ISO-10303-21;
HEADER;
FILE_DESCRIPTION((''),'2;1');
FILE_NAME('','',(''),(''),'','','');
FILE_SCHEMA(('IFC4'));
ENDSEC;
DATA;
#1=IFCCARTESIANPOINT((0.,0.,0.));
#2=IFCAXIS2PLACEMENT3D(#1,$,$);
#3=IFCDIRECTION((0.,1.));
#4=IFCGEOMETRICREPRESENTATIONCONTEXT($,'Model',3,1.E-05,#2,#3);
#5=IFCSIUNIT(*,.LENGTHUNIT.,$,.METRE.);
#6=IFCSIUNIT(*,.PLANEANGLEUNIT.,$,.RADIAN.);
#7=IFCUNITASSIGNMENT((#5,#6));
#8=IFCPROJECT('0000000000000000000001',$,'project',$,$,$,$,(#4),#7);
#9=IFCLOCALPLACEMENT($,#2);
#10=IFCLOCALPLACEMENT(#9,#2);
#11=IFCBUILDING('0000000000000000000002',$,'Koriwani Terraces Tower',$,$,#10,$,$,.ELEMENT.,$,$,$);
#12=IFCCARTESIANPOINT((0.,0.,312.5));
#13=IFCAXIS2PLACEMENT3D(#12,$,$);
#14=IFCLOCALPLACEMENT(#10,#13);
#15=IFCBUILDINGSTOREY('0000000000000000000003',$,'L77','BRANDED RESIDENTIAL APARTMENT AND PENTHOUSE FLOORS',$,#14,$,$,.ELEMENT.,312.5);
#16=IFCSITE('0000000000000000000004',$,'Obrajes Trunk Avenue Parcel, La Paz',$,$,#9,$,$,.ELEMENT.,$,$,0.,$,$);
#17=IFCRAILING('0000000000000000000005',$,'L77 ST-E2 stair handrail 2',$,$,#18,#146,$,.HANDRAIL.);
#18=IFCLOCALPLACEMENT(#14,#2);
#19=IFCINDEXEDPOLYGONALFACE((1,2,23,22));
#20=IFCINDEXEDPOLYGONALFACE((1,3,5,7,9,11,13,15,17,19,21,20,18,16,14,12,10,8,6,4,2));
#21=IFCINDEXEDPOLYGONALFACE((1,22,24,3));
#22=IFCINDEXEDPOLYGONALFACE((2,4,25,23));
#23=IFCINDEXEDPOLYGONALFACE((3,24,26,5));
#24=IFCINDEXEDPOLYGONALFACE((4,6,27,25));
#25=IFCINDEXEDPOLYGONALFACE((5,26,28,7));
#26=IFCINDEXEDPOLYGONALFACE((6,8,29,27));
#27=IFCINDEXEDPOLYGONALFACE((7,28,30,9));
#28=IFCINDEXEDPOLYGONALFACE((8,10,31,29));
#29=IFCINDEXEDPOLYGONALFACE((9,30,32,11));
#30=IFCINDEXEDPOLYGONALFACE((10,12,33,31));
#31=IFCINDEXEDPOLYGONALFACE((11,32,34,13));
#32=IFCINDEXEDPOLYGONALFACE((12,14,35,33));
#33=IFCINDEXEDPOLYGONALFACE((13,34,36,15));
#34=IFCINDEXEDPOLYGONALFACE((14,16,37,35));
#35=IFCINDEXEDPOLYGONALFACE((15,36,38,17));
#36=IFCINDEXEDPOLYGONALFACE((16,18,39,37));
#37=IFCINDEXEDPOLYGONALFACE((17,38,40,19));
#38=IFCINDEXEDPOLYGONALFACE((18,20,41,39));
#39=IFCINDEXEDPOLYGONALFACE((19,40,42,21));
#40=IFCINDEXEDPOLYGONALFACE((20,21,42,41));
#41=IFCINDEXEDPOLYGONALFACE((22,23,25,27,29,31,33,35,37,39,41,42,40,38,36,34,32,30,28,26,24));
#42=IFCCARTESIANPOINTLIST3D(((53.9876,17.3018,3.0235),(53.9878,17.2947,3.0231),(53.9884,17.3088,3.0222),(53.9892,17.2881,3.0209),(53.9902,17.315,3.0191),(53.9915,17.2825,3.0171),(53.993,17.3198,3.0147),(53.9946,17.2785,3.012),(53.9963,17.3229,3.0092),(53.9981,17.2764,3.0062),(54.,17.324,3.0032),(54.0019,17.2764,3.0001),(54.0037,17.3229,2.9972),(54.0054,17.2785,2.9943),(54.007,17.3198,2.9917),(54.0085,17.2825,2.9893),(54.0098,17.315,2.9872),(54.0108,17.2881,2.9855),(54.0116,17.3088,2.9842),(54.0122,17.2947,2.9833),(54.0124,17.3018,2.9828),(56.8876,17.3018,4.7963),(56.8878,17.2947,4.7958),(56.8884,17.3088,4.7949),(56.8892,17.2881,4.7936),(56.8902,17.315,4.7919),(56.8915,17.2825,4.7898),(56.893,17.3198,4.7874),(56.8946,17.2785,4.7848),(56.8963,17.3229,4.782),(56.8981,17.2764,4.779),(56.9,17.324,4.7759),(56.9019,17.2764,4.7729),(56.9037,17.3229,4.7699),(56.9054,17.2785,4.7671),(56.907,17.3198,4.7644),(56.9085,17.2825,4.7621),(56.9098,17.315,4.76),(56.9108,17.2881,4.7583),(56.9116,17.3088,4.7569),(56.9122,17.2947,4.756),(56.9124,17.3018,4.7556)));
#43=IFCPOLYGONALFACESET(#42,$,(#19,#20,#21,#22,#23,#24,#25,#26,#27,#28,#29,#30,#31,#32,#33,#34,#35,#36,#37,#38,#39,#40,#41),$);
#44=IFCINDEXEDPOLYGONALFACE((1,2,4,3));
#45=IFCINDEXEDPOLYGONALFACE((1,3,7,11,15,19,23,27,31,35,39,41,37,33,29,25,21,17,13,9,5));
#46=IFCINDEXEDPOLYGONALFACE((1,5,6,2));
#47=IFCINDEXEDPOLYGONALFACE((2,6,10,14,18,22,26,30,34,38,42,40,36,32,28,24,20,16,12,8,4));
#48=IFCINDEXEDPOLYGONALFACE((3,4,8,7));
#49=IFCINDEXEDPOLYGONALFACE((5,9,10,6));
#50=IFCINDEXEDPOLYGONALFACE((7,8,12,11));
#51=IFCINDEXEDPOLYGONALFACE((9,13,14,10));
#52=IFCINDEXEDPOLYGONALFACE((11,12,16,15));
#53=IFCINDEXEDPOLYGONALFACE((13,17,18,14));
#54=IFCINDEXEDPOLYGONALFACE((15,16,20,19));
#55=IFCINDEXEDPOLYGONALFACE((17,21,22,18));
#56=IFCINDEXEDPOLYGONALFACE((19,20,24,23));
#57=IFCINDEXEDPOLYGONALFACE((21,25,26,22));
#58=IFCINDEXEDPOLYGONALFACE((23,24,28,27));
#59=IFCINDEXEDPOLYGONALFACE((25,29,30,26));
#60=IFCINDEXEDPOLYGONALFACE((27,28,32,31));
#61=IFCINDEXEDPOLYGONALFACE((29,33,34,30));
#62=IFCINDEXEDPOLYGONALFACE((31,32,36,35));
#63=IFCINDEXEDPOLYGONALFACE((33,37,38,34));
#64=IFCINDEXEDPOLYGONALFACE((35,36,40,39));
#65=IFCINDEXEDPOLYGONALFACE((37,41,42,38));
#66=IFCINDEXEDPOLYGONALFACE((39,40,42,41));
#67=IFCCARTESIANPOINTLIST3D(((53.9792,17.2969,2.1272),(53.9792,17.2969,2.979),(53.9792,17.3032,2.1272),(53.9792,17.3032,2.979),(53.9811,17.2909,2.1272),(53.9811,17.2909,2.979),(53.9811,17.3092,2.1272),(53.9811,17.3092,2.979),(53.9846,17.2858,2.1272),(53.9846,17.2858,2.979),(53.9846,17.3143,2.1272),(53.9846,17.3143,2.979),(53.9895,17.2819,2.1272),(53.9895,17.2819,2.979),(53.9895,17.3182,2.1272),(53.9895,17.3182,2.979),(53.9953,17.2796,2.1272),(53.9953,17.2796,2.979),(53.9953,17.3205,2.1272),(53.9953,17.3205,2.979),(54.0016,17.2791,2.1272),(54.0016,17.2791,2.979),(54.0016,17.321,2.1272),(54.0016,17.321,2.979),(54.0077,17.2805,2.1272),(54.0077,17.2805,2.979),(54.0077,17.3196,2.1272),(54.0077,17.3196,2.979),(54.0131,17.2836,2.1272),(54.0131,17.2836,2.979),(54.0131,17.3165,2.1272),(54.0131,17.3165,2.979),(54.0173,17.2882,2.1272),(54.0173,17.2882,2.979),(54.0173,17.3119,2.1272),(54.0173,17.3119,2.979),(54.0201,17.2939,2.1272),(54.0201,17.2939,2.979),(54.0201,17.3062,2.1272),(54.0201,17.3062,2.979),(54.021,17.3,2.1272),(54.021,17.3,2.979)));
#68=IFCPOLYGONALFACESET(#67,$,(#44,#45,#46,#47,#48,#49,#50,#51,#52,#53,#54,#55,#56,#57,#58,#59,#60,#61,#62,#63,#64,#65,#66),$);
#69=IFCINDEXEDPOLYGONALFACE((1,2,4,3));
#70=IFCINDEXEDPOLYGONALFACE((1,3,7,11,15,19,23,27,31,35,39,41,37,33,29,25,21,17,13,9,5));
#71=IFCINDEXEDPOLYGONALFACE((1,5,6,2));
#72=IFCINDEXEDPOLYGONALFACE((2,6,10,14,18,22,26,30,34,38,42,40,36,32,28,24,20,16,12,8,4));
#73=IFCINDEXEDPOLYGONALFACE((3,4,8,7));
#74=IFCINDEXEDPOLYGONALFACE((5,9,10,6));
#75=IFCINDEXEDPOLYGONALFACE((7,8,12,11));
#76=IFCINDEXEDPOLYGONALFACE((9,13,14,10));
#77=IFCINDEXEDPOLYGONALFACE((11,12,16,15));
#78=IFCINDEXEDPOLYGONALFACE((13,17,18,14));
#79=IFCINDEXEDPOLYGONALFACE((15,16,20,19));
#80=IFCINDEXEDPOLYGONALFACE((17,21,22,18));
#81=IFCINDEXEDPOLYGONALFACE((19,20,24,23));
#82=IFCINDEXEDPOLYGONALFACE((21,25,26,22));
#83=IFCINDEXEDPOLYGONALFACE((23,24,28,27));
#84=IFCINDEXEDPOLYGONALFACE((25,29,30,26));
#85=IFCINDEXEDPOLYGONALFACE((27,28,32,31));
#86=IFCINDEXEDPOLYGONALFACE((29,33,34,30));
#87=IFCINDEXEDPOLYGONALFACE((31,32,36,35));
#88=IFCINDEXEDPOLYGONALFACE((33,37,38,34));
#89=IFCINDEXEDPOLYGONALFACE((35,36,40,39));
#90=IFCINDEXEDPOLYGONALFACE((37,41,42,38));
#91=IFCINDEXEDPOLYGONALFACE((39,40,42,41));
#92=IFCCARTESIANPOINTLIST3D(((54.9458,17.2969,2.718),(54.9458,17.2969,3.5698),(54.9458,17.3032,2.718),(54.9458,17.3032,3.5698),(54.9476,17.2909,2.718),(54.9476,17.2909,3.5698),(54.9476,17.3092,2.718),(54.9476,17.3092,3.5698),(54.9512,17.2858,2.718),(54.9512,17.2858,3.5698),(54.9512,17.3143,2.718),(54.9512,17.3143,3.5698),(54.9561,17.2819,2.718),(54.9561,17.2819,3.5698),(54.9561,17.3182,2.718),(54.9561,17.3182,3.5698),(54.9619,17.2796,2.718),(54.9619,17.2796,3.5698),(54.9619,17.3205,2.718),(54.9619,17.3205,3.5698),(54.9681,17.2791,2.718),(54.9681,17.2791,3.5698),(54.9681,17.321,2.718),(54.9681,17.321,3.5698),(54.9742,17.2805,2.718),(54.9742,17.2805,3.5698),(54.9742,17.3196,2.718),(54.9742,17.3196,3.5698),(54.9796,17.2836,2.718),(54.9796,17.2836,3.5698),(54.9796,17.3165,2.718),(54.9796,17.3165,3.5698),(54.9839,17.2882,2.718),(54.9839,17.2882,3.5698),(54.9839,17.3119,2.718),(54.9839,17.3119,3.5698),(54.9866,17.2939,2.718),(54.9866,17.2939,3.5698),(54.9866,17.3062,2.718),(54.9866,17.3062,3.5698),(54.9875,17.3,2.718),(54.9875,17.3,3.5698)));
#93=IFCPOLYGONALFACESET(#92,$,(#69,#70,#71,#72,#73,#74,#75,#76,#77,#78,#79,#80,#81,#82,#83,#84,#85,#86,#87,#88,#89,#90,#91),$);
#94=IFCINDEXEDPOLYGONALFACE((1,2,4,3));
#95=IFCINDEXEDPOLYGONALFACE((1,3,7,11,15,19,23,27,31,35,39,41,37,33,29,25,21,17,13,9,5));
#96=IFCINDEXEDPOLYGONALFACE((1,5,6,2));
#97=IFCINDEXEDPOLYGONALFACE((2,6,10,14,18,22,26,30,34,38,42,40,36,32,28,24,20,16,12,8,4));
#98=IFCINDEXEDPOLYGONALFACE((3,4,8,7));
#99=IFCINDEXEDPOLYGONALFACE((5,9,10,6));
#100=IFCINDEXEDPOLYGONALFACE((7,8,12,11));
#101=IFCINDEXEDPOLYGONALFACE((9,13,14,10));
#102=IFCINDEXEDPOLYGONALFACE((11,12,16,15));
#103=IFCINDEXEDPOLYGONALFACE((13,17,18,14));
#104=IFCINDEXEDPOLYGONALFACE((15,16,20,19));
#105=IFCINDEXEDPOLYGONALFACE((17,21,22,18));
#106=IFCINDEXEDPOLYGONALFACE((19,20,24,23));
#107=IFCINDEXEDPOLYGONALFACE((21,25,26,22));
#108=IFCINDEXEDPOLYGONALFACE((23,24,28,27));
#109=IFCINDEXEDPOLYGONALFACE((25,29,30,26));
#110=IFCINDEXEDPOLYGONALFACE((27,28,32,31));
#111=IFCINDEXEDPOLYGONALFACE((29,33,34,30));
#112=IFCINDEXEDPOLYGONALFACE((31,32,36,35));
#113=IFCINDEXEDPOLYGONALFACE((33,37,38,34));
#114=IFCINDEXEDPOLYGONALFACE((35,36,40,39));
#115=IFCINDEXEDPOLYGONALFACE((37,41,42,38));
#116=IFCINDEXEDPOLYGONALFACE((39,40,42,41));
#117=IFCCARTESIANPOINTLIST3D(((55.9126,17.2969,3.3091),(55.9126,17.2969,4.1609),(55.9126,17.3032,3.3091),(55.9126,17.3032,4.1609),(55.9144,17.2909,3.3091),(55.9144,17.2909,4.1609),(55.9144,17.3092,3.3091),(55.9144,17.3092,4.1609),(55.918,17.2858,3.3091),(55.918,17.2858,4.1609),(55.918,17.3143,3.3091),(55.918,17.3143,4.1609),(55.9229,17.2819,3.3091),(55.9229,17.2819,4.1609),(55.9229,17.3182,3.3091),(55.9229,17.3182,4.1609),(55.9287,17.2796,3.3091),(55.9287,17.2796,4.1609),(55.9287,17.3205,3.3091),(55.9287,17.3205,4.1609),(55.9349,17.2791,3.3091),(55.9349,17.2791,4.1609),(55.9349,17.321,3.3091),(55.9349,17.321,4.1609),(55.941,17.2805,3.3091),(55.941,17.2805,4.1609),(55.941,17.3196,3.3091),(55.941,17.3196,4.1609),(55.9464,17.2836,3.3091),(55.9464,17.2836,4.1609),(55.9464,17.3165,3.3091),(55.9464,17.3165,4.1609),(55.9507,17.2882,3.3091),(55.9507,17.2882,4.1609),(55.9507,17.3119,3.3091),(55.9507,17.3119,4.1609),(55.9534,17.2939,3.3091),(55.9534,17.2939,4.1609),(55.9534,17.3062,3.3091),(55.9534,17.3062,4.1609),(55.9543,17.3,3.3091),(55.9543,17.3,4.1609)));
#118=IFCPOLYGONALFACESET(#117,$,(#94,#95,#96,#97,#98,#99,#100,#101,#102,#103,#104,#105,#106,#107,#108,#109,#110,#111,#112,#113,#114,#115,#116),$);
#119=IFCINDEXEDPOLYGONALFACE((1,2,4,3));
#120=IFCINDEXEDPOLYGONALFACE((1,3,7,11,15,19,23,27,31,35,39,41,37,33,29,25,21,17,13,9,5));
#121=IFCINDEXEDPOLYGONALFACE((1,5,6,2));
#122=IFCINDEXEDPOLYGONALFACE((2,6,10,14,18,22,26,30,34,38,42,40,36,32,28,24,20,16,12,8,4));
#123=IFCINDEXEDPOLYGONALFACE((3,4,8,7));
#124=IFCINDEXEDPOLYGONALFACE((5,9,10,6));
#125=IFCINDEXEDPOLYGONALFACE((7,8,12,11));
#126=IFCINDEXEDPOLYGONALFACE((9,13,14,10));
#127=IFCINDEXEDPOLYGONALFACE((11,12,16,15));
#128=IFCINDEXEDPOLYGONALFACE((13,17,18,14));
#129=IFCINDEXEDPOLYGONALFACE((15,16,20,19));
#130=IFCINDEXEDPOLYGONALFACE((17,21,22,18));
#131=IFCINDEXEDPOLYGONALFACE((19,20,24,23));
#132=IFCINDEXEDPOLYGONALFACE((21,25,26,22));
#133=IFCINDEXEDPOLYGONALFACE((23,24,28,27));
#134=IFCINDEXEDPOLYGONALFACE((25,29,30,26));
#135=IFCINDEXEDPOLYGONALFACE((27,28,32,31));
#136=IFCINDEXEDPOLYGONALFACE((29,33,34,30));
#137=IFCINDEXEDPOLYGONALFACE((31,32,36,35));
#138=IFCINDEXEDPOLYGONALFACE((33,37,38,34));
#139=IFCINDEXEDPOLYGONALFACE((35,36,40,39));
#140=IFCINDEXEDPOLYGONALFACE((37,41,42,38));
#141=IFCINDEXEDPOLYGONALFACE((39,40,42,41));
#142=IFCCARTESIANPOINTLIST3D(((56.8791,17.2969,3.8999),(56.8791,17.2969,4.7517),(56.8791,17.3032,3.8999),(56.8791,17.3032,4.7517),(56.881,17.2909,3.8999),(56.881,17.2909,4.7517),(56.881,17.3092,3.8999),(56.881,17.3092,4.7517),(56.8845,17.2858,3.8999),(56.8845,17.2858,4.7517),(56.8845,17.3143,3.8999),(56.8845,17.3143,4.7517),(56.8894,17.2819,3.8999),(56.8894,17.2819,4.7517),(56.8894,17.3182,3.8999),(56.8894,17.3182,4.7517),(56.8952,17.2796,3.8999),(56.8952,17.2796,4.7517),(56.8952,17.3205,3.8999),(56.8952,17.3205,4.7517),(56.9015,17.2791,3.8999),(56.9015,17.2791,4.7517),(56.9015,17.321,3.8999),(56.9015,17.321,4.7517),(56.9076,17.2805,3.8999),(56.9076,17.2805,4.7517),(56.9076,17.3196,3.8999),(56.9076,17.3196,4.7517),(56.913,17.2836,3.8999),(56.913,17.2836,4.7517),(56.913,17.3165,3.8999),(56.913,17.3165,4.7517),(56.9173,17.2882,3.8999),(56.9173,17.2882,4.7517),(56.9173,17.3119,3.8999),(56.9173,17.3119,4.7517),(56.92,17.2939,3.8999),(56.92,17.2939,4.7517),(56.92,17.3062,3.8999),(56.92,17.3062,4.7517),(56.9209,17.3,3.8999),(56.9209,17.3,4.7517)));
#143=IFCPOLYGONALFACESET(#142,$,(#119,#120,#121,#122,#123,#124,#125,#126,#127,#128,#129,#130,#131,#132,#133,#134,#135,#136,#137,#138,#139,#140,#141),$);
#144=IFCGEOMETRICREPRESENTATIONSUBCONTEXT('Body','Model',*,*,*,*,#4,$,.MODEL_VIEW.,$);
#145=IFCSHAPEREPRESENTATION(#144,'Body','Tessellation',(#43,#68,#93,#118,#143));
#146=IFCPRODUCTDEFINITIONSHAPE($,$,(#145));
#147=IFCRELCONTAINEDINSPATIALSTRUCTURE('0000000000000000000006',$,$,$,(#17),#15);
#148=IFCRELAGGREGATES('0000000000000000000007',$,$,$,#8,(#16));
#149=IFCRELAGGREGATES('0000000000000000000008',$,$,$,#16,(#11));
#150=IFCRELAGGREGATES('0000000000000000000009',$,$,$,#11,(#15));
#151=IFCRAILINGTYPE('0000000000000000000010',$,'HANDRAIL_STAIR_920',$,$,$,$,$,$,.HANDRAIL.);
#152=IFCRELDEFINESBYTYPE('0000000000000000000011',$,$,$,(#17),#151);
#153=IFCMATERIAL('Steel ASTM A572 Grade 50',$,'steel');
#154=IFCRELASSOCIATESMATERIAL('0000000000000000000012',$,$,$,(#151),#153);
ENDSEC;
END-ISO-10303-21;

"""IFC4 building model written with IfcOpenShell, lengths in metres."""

from ifc_helpers import new_model, si_unit, direction, frame, origin, origin_2d, place, context, subcontext, project, spatial, circle, extrude, material, type_object, element, save


model = new_model("IFC4")

# Units and contexts
model_context = context("Model", 3, precision=1e-05, world=origin(), true_north=direction((0.0, 1.0)))
body_context = subcontext(model_context, "Body", "Model", "MODEL_VIEW")
ifc_project = project(units=[si_unit("LENGTHUNIT", "METRE"), si_unit("PLANEANGLEUNIT", "RADIAN")], contexts=[model_context])

# Site, building, storey
site_placement = place(None, origin())
site = spatial("IfcSite", under=ifc_project, at=site_placement, Name="Obrajes Trunk Avenue Parcel, La Paz", CompositionType="ELEMENT", RefElevation=0.0)
building_placement = place(site_placement, origin())
building = spatial("IfcBuilding", under=site, at=building_placement, Name="Koriwani Terraces Tower", CompositionType="ELEMENT")
storey_placement = place(building_placement, frame((0.0, 0.0, 312.5)))
storey = spatial("IfcBuildingStorey", under=building, at=storey_placement, Name="L77", Description="BRANDED RESIDENTIAL APARTMENT AND PENTHOUSE FLOORS", CompositionType="ELEMENT", Elevation=312.5)

# Shared definitions
ifc_material_1 = material(Name="Steel ASTM A572 Grade 50", Category="steel")

# Railing
railing_type = type_object("IfcRailingType", Name="HANDRAIL_STAIR_920", PredefinedType="HANDRAIL", material=ifc_material_1)
railing_placement = place(storey_placement, frame((54.0, 17.3, 2.1272)))
element("IfcRailing", 1, at=railing_placement, inside=storey, type_object=railing_type, Name="L77 ST-E2 stair handrail 2", PredefinedType="HANDRAIL", context=body_context, shape_type="SweptSolid", body=[
    extrude(circle(Radius=0.0239, at=origin_2d()), frame((0.0, 0.0, 0.876), z_axis=(0.853211, 0.0, 0.521566), x_axis=(0.0, 1.0, 0.0)), (0.0, 0.0, 1.0), 3.3989),
    extrude(circle(Radius=0.021, at=origin_2d()), origin(), (0.0, 0.0, 1.0), 0.8518),
    extrude(circle(Radius=0.021, at=origin_2d()), frame((0.9666, 0.0, 0.5908)), (0.0, 0.0, 1.0), 0.8518),
    extrude(circle(Radius=0.021, at=origin_2d()), frame((1.9333, 0.0, 1.1819)), (0.0, 0.0, 1.0), 0.8518),
    extrude(circle(Radius=0.021, at=origin_2d()), frame((2.8999, 0.0, 1.7727)), (0.0, 0.0, 1.0), 0.8518),
])

save(model, "model.ifc")
